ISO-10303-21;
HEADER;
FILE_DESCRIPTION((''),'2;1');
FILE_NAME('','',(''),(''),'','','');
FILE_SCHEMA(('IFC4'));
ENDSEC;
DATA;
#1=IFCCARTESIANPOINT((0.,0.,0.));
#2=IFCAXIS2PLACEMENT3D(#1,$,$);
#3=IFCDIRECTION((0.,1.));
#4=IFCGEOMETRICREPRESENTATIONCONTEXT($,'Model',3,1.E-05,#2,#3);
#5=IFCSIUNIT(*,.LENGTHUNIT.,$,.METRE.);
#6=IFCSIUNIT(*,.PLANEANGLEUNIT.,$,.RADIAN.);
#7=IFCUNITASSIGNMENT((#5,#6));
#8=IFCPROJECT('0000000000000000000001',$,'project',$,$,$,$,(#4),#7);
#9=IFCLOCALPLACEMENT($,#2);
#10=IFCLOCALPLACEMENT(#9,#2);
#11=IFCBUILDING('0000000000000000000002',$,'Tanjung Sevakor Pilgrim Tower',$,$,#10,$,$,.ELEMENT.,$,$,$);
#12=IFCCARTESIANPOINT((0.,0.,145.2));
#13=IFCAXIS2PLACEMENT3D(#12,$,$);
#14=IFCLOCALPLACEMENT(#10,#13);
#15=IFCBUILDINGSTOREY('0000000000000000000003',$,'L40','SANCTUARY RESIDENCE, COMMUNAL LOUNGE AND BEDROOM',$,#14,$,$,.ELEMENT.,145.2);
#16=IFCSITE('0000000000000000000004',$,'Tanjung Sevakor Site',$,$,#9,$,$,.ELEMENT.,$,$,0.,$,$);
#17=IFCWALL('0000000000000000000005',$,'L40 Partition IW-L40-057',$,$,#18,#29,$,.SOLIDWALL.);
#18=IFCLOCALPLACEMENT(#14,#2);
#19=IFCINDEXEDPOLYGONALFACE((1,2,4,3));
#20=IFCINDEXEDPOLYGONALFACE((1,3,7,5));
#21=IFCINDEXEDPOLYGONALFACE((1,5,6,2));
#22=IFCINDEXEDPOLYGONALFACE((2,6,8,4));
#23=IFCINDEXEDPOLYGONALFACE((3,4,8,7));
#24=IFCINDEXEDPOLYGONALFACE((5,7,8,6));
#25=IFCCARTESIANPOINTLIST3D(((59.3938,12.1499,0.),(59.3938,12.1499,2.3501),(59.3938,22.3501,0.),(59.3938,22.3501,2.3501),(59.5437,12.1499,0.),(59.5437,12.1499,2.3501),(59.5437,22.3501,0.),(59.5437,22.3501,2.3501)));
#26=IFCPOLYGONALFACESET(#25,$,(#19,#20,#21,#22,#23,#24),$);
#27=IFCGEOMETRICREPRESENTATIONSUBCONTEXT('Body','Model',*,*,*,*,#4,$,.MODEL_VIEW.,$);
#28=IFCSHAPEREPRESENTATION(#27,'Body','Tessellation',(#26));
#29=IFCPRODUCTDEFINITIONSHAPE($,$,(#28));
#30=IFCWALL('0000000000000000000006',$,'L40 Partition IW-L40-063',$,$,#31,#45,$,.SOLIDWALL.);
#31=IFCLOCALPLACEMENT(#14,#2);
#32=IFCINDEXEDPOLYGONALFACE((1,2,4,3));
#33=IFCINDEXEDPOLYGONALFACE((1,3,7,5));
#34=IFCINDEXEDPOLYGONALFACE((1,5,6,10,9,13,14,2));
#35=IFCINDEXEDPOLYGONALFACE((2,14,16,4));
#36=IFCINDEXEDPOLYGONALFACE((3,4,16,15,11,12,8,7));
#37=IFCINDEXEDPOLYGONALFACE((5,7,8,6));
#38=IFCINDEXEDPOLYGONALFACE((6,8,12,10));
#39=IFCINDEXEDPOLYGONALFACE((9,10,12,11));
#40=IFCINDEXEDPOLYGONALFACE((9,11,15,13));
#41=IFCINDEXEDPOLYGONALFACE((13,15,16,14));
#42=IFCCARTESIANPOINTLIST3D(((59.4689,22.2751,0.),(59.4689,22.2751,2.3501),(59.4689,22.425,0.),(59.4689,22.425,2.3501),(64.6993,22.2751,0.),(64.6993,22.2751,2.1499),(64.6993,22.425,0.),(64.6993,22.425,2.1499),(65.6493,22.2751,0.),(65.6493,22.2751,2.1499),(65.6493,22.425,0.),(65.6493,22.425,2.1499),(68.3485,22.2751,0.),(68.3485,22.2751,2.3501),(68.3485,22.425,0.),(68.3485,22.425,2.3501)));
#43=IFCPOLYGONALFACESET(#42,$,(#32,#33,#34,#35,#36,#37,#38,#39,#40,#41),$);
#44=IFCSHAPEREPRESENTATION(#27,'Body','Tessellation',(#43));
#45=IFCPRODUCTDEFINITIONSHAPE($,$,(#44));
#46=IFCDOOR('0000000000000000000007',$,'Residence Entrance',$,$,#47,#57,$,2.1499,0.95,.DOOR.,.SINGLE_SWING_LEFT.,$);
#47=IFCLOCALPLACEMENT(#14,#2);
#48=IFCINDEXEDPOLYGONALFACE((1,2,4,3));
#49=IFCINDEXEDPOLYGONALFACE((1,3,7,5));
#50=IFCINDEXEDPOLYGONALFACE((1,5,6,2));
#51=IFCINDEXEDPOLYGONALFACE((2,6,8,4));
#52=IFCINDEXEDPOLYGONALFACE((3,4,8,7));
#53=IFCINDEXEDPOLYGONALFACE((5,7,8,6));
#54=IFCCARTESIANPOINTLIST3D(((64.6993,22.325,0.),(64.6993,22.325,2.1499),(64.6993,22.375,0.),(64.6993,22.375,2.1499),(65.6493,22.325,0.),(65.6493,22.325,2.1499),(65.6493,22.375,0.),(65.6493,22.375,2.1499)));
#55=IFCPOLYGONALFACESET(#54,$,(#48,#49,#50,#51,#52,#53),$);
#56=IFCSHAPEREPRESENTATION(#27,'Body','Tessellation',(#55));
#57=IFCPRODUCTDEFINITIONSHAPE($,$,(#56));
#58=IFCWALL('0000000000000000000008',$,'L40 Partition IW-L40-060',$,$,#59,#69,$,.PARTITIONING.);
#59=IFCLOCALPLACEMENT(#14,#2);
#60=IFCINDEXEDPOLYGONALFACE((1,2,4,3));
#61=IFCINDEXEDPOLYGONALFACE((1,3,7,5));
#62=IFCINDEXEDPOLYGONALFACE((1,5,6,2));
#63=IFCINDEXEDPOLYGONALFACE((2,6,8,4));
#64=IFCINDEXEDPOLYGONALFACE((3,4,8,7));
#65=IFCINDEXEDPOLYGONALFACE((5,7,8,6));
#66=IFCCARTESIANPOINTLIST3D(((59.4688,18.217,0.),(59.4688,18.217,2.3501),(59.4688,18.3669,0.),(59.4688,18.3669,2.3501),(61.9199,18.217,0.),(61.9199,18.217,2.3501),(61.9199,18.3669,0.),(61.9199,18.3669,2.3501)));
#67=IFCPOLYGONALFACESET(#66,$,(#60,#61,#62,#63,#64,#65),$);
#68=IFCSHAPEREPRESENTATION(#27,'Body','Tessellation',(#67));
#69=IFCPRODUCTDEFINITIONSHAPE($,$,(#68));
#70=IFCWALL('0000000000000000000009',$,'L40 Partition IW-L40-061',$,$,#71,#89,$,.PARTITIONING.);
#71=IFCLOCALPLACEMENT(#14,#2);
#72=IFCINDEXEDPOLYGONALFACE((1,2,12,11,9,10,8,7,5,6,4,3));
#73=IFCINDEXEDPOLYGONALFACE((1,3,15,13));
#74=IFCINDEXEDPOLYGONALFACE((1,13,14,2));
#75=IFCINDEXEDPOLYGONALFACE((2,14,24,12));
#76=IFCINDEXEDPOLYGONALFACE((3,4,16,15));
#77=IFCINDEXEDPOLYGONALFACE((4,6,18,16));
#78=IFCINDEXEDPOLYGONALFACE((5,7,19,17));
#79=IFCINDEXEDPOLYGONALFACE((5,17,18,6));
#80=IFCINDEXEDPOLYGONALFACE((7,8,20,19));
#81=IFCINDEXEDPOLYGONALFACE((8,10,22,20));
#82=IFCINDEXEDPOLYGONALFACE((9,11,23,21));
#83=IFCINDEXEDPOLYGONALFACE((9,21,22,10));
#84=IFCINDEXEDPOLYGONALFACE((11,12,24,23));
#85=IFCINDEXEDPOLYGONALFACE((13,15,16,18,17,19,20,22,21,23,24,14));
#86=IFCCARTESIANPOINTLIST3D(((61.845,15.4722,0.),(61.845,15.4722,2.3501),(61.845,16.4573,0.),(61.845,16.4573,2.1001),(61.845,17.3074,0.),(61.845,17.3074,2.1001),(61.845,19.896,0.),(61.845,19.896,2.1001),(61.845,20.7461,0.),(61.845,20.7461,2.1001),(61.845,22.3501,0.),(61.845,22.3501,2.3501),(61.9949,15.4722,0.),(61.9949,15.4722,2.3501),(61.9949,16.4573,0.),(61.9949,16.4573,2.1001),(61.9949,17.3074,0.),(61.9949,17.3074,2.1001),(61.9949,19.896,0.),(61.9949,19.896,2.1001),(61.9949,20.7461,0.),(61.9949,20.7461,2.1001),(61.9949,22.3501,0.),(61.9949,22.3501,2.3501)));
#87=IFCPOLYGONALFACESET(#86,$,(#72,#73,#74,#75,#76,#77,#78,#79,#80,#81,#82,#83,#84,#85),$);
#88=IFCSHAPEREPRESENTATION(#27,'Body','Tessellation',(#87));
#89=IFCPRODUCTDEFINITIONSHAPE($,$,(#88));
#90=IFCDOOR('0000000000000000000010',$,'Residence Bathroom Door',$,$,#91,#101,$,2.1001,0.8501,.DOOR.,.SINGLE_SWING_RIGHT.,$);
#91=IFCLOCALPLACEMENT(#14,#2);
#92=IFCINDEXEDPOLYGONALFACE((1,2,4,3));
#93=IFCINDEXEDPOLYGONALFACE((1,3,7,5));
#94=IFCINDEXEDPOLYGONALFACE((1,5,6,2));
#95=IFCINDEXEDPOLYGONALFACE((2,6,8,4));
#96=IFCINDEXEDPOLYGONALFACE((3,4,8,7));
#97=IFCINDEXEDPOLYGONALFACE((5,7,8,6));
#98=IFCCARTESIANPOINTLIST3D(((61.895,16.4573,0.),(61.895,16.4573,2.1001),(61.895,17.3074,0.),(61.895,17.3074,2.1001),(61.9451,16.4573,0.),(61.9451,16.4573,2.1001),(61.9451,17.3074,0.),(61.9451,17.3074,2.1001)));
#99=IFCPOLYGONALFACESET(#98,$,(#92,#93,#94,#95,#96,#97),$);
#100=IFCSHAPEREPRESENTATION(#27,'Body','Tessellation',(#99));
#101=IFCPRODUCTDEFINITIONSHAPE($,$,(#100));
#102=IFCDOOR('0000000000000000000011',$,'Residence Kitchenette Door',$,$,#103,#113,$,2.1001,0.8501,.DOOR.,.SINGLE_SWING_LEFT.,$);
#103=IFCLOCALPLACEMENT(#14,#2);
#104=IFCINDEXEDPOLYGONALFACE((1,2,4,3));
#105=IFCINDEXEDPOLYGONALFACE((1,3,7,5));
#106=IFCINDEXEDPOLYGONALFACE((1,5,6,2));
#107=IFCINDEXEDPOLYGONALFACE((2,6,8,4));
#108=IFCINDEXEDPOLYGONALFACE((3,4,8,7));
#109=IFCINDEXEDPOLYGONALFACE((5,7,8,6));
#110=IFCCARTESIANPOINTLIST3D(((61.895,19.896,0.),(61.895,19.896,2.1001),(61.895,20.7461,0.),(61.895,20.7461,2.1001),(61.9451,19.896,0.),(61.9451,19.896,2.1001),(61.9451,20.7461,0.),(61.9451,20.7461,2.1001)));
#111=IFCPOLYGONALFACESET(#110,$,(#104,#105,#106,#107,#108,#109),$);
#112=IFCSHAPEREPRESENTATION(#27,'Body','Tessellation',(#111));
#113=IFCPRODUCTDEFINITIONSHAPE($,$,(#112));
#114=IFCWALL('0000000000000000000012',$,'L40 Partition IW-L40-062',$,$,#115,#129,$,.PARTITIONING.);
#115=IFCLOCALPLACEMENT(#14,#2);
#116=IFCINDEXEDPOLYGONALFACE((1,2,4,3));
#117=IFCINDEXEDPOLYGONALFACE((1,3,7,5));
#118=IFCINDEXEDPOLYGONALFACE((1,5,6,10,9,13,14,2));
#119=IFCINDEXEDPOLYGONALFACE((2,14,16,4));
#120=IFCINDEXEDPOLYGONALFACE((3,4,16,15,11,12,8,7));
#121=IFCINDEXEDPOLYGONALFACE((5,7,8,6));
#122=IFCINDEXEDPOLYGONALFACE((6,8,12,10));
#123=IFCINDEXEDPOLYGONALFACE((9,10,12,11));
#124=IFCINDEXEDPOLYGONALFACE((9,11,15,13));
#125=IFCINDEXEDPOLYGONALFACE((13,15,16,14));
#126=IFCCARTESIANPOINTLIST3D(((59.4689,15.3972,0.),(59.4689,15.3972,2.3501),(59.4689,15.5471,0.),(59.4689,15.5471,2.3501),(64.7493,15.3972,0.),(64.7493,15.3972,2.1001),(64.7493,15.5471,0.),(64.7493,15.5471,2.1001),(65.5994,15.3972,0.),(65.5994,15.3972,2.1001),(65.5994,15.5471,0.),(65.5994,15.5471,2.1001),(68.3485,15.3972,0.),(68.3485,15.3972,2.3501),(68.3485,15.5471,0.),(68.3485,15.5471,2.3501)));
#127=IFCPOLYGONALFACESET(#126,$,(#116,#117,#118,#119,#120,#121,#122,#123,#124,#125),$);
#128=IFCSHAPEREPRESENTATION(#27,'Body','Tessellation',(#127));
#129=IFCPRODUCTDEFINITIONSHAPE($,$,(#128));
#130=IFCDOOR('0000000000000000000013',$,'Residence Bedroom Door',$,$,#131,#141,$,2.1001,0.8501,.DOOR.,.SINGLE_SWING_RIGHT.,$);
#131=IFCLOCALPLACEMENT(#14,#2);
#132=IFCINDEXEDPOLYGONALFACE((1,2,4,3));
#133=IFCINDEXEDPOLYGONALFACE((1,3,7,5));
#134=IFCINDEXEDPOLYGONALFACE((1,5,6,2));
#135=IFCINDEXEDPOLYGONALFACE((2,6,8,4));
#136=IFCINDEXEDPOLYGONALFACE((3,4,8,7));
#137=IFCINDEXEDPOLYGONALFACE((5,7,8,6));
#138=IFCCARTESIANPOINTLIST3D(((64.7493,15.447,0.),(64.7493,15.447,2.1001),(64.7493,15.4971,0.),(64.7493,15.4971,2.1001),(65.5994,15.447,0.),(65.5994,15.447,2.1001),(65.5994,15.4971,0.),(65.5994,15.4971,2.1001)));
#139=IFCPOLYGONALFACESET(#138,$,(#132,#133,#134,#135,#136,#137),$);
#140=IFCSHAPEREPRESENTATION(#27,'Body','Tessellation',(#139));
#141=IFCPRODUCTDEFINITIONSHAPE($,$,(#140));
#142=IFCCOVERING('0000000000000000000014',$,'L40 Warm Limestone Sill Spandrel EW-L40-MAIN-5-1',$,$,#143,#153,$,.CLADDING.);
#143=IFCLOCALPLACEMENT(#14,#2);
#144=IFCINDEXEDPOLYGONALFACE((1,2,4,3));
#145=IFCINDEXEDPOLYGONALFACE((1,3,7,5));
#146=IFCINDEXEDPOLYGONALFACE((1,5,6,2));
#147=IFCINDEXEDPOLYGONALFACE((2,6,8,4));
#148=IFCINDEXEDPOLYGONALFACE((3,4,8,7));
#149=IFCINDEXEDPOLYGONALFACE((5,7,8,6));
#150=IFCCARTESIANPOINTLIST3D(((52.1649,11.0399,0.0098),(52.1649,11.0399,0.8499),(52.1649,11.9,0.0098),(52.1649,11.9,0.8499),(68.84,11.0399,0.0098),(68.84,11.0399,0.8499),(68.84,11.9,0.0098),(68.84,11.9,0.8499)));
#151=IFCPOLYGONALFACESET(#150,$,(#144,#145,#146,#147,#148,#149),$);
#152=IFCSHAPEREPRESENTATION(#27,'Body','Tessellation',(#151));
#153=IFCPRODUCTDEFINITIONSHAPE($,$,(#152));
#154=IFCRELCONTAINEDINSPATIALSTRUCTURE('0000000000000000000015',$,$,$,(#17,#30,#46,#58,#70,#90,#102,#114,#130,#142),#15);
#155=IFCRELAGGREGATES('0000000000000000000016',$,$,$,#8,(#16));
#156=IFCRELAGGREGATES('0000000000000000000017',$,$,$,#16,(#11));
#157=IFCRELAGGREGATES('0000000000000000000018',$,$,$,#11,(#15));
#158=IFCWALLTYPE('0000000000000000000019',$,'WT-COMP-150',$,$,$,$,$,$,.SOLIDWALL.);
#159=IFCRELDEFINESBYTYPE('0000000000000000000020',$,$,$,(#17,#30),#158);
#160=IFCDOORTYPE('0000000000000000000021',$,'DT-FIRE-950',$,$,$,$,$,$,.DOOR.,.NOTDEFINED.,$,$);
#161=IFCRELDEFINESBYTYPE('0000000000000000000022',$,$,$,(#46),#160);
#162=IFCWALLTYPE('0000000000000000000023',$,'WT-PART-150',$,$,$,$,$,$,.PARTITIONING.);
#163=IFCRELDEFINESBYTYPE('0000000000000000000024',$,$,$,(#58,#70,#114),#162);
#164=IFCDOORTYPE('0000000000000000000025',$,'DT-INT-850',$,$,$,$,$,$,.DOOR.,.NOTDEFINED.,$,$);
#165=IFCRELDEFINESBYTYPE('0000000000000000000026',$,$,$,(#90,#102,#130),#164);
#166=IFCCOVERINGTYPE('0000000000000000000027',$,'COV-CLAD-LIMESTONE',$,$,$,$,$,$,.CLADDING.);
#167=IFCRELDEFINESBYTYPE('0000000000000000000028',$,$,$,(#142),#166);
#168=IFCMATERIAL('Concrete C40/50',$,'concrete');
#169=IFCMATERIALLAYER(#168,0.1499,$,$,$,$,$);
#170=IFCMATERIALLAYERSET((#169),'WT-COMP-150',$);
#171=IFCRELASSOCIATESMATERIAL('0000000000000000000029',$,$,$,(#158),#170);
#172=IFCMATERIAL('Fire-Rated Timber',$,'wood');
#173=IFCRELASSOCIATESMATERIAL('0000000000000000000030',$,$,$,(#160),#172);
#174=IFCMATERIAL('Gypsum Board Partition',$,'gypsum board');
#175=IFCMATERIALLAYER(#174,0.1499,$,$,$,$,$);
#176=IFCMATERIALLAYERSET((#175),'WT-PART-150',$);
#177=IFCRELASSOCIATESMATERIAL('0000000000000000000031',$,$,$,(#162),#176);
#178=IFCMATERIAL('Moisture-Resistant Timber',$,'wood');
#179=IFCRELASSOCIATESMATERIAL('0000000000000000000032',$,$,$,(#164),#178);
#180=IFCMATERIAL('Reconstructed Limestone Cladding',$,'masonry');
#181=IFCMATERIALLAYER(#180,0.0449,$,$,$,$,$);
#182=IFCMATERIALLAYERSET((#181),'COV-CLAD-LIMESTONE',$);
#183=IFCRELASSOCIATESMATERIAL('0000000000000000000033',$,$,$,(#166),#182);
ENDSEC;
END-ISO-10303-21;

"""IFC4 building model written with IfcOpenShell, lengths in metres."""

from ifc_helpers import new_model, si_unit, direction, frame, frame_2d, origin, origin_2d, place, context, subcontext, project, spatial, rectangle, extrude, material, layer, layer_set, type_object, element, fill, save


model = new_model("IFC4")

# Units and contexts
model_context = context("Model", 3, precision=1e-05, world=origin(), true_north=direction((0.0, 1.0)))
body_context = subcontext(model_context, "Body", "Model", "MODEL_VIEW")
ifc_project = project(units=[si_unit("LENGTHUNIT", "METRE"), si_unit("PLANEANGLEUNIT", "RADIAN")], contexts=[model_context])

# Site, building, storey
site_placement = place(None, origin())
site = spatial("IfcSite", under=ifc_project, at=site_placement, Name="Tanjung Sevakor Site", CompositionType="ELEMENT", RefElevation=0.0)
building_placement = place(site_placement, origin())
building = spatial("IfcBuilding", under=site, at=building_placement, Name="Tanjung Sevakor Pilgrim Tower", CompositionType="ELEMENT")
storey_placement = place(building_placement, frame((0.0, 0.0, 145.2)))
storey = spatial("IfcBuildingStorey", under=building, at=storey_placement, Name="L40", Description="SANCTUARY RESIDENCE, COMMUNAL LOUNGE AND BEDROOM", CompositionType="ELEMENT", Elevation=145.2)

# Wall
ifc_material_1 = material(Name="Concrete C40/50", Category="concrete")
ifc_layer_1 = layer(ifc_material_1, 0.1499)
ifc_layer_set_1 = layer_set([ifc_layer_1], Name="WT-COMP-150")
wall_type_1 = type_object("IfcWallType", Name="WT-COMP-150", PredefinedType="SOLIDWALL", material=ifc_layer_set_1)
wall_1_placement = place(storey_placement, frame((59.4688, 12.1499, 0.0), z_axis=(0.0, 0.0, 1.0), x_axis=(0.0, 1.0, 0.0)))
element("IfcWall", 1, at=wall_1_placement, inside=storey, type_object=wall_type_1, Name="L40 Partition IW-L40-057", PredefinedType="SOLIDWALL", context=body_context, shape_type="SweptSolid", body=[
    extrude(rectangle(XDim=10.2002, YDim=0.1499, at=frame_2d((5.1001, 0.0))), origin(), (0.0, 0.0, 1.0), 2.3501),
])

# Wall, opening, door
wall_2_placement = place(storey_placement, frame((59.4688, 22.3501, 0.0), z_axis=(0.0, 0.0, 1.0), x_axis=(1.0, 0.0, 0.0)))
wall_2 = element("IfcWall", 2, at=wall_2_placement, inside=storey, type_object=wall_type_1, Name="L40 Partition IW-L40-063", PredefinedType="SOLIDWALL", context=body_context, shape_type="SweptSolid", body=[
    extrude(rectangle(XDim=8.8796, YDim=0.1499, at=frame_2d((4.4399, 0.0))), origin(), (0.0, 0.0, 1.0), 2.3501),
])
opening_1_placement = place(wall_2_placement, frame((5.2305, 0.0, 0.0)))
opening_1 = element("IfcOpeningElement", 3, at=opening_1_placement, cuts=wall_2, PredefinedType="OPENING", context=body_context, shape_type="SweptSolid", body=[
    extrude(rectangle(XDim=0.95, YDim=2.1499, at=frame_2d((0.4751, 1.075))), frame((0.0, 0.085, 0.0), z_axis=(0.0, -1.0, 0.0), x_axis=(1.0, 0.0, 0.0)), (0.0, 0.0, 1.0), 0.1699),
])
ifc_material_2 = material(Name="Fire-Rated Timber", Category="wood")
door_type_1 = type_object("IfcDoorType", Name="DT-FIRE-950", OperationType="NOTDEFINED", PredefinedType="DOOR", material=ifc_material_2)
door_1_placement = place(opening_1_placement, origin())
door_1 = element("IfcDoor", 4, at=door_1_placement, inside=storey, type_object=door_type_1, Name="Residence Entrance", OperationType="SINGLE_SWING_LEFT", OverallHeight=2.1499, OverallWidth=0.95, PredefinedType="DOOR", context=body_context, shape_type="SweptSolid", body=[
    extrude(rectangle(XDim=0.95, YDim=2.1499, at=frame_2d((0.4751, 1.075))), frame((0.0, 0.0249, 0.0), z_axis=(0.0, -1.0, 0.0), x_axis=(1.0, 0.0, 0.0)), (0.0, 0.0, 1.0), 0.05),
])
fill(opening_1, door_1)

# Wall
ifc_material_3 = material(Name="Gypsum Board Partition", Category="gypsum board")
ifc_layer_2 = layer(ifc_material_3, 0.1499)
ifc_layer_set_2 = layer_set([ifc_layer_2], Name="WT-PART-150")
wall_type_2 = type_object("IfcWallType", Name="WT-PART-150", PredefinedType="PARTITIONING", material=ifc_layer_set_2)
wall_3_placement = place(storey_placement, frame((59.4688, 18.292, 0.0), z_axis=(0.0, 0.0, 1.0), x_axis=(1.0, 0.0, 0.0)))
element("IfcWall", 5, at=wall_3_placement, inside=storey, type_object=wall_type_2, Name="L40 Partition IW-L40-060", PredefinedType="PARTITIONING", context=body_context, shape_type="SweptSolid", body=[
    extrude(rectangle(XDim=2.4512, YDim=0.1499, at=frame_2d((1.2256, 0.0))), origin(), (0.0, 0.0, 1.0), 2.3501),
])

# Wall, openings, doors
wall_4_placement = place(storey_placement, frame((61.9199, 15.4722, 0.0), z_axis=(0.0, 0.0, 1.0), x_axis=(0.0, 1.0, 0.0)))
wall_4 = element("IfcWall", 6, at=wall_4_placement, inside=storey, type_object=wall_type_2, Name="L40 Partition IW-L40-061", PredefinedType="PARTITIONING", context=body_context, shape_type="SweptSolid", body=[
    extrude(rectangle(XDim=6.8779, YDim=0.1499, at=frame_2d((3.439, 0.0))), origin(), (0.0, 0.0, 1.0), 2.3501),
])
opening_2_placement = place(wall_4_placement, frame((0.9851, 0.0, 0.0)))
opening_2 = element("IfcOpeningElement", 7, at=opening_2_placement, cuts=wall_4, PredefinedType="OPENING", context=body_context, shape_type="SweptSolid", body=[
    extrude(rectangle(XDim=0.8501, YDim=2.1001, at=frame_2d((0.425, 1.05))), frame((0.0, 0.085, 0.0), z_axis=(0.0, -1.0, 0.0), x_axis=(1.0, 0.0, 0.0)), (0.0, 0.0, 1.0), 0.1699),
])
opening_3_placement = place(wall_4_placement, frame((4.4238, 0.0, 0.0)))
opening_3 = element("IfcOpeningElement", 8, at=opening_3_placement, cuts=wall_4, PredefinedType="OPENING", context=body_context, shape_type="SweptSolid", body=[
    extrude(rectangle(XDim=0.8501, YDim=2.1001, at=frame_2d((0.425, 1.05))), frame((0.0, 0.085, 0.0), z_axis=(0.0, -1.0, 0.0), x_axis=(1.0, 0.0, 0.0)), (0.0, 0.0, 1.0), 0.1699),
])
ifc_material_4 = material(Name="Moisture-Resistant Timber", Category="wood")
door_type_2 = type_object("IfcDoorType", Name="DT-INT-850", OperationType="NOTDEFINED", PredefinedType="DOOR", material=ifc_material_4)
door_2_placement = place(opening_2_placement, origin())
door_2 = element("IfcDoor", 9, at=door_2_placement, inside=storey, type_object=door_type_2, Name="Residence Bathroom Door", OperationType="SINGLE_SWING_RIGHT", OverallHeight=2.1001, OverallWidth=0.8501, PredefinedType="DOOR", context=body_context, shape_type="SweptSolid", body=[
    extrude(rectangle(XDim=0.8501, YDim=2.1001, at=frame_2d((0.425, 1.05))), frame((0.0, 0.0249, 0.0), z_axis=(0.0, -1.0, 0.0), x_axis=(1.0, 0.0, 0.0)), (0.0, 0.0, 1.0), 0.05),
])
fill(opening_2, door_2)
door_3_placement = place(opening_3_placement, origin())
door_3 = element("IfcDoor", 10, at=door_3_placement, inside=storey, type_object=door_type_2, Name="Residence Kitchenette Door", OperationType="SINGLE_SWING_LEFT", OverallHeight=2.1001, OverallWidth=0.8501, PredefinedType="DOOR", context=body_context, shape_type="SweptSolid", body=[
    extrude(rectangle(XDim=0.8501, YDim=2.1001, at=frame_2d((0.425, 1.05))), frame((0.0, 0.0249, 0.0), z_axis=(0.0, -1.0, 0.0), x_axis=(1.0, 0.0, 0.0)), (0.0, 0.0, 1.0), 0.05),
])
fill(opening_3, door_3)

# Wall, opening, door
wall_5_placement = place(storey_placement, frame((59.4688, 15.4722, 0.0), z_axis=(0.0, 0.0, 1.0), x_axis=(1.0, 0.0, 0.0)))
wall_5 = element("IfcWall", 11, at=wall_5_placement, inside=storey, type_object=wall_type_2, Name="L40 Partition IW-L40-062", PredefinedType="PARTITIONING", context=body_context, shape_type="SweptSolid", body=[
    extrude(rectangle(XDim=8.8796, YDim=0.1499, at=frame_2d((4.4399, 0.0))), origin(), (0.0, 0.0, 1.0), 2.3501),
])
opening_4_placement = place(wall_5_placement, frame((5.2805, 0.0, 0.0)))
opening_4 = element("IfcOpeningElement", 12, at=opening_4_placement, cuts=wall_5, PredefinedType="OPENING", context=body_context, shape_type="SweptSolid", body=[
    extrude(rectangle(XDim=0.8501, YDim=2.1001, at=frame_2d((0.425, 1.05))), frame((0.0, 0.085, 0.0), z_axis=(0.0, -1.0, 0.0), x_axis=(1.0, 0.0, 0.0)), (0.0, 0.0, 1.0), 0.1699),
])
door_4_placement = place(opening_4_placement, origin())
door_4 = element("IfcDoor", 13, at=door_4_placement, inside=storey, type_object=door_type_2, Name="Residence Bedroom Door", OperationType="SINGLE_SWING_RIGHT", OverallHeight=2.1001, OverallWidth=0.8501, PredefinedType="DOOR", context=body_context, shape_type="SweptSolid", body=[
    extrude(rectangle(XDim=0.8501, YDim=2.1001, at=frame_2d((0.425, 1.05))), frame((0.0, 0.0249, 0.0), z_axis=(0.0, -1.0, 0.0), x_axis=(1.0, 0.0, 0.0)), (0.0, 0.0, 1.0), 0.05),
])
fill(opening_4, door_4)

# Covering
ifc_material_5 = material(Name="Reconstructed Limestone Cladding", Category="masonry")
ifc_layer_3 = layer(ifc_material_5, 0.0449)
ifc_layer_set_3 = layer_set([ifc_layer_3], Name="COV-CLAD-LIMESTONE")
covering_type = type_object("IfcCoveringType", Name="COV-CLAD-LIMESTONE", PredefinedType="CLADDING", material=ifc_layer_set_3)
covering_placement = place(storey_placement, frame((60.5024, 11.47, 0.0098), z_axis=(0.0, 0.0, 1.0), x_axis=(1.0, 0.0, 0.0)))
element("IfcCovering", 14, at=covering_placement, inside=storey, type_object=covering_type, Name="L40 Warm Limestone Sill Spandrel EW-L40-MAIN-5-1", PredefinedType="CLADDING", context=body_context, shape_type="SweptSolid", body=[
    extrude(rectangle(XDim=16.675, YDim=0.8601, at=origin_2d()), origin(), (0.0, 0.0, 1.0), 0.8401),
])

save(model, "model.ifc")
